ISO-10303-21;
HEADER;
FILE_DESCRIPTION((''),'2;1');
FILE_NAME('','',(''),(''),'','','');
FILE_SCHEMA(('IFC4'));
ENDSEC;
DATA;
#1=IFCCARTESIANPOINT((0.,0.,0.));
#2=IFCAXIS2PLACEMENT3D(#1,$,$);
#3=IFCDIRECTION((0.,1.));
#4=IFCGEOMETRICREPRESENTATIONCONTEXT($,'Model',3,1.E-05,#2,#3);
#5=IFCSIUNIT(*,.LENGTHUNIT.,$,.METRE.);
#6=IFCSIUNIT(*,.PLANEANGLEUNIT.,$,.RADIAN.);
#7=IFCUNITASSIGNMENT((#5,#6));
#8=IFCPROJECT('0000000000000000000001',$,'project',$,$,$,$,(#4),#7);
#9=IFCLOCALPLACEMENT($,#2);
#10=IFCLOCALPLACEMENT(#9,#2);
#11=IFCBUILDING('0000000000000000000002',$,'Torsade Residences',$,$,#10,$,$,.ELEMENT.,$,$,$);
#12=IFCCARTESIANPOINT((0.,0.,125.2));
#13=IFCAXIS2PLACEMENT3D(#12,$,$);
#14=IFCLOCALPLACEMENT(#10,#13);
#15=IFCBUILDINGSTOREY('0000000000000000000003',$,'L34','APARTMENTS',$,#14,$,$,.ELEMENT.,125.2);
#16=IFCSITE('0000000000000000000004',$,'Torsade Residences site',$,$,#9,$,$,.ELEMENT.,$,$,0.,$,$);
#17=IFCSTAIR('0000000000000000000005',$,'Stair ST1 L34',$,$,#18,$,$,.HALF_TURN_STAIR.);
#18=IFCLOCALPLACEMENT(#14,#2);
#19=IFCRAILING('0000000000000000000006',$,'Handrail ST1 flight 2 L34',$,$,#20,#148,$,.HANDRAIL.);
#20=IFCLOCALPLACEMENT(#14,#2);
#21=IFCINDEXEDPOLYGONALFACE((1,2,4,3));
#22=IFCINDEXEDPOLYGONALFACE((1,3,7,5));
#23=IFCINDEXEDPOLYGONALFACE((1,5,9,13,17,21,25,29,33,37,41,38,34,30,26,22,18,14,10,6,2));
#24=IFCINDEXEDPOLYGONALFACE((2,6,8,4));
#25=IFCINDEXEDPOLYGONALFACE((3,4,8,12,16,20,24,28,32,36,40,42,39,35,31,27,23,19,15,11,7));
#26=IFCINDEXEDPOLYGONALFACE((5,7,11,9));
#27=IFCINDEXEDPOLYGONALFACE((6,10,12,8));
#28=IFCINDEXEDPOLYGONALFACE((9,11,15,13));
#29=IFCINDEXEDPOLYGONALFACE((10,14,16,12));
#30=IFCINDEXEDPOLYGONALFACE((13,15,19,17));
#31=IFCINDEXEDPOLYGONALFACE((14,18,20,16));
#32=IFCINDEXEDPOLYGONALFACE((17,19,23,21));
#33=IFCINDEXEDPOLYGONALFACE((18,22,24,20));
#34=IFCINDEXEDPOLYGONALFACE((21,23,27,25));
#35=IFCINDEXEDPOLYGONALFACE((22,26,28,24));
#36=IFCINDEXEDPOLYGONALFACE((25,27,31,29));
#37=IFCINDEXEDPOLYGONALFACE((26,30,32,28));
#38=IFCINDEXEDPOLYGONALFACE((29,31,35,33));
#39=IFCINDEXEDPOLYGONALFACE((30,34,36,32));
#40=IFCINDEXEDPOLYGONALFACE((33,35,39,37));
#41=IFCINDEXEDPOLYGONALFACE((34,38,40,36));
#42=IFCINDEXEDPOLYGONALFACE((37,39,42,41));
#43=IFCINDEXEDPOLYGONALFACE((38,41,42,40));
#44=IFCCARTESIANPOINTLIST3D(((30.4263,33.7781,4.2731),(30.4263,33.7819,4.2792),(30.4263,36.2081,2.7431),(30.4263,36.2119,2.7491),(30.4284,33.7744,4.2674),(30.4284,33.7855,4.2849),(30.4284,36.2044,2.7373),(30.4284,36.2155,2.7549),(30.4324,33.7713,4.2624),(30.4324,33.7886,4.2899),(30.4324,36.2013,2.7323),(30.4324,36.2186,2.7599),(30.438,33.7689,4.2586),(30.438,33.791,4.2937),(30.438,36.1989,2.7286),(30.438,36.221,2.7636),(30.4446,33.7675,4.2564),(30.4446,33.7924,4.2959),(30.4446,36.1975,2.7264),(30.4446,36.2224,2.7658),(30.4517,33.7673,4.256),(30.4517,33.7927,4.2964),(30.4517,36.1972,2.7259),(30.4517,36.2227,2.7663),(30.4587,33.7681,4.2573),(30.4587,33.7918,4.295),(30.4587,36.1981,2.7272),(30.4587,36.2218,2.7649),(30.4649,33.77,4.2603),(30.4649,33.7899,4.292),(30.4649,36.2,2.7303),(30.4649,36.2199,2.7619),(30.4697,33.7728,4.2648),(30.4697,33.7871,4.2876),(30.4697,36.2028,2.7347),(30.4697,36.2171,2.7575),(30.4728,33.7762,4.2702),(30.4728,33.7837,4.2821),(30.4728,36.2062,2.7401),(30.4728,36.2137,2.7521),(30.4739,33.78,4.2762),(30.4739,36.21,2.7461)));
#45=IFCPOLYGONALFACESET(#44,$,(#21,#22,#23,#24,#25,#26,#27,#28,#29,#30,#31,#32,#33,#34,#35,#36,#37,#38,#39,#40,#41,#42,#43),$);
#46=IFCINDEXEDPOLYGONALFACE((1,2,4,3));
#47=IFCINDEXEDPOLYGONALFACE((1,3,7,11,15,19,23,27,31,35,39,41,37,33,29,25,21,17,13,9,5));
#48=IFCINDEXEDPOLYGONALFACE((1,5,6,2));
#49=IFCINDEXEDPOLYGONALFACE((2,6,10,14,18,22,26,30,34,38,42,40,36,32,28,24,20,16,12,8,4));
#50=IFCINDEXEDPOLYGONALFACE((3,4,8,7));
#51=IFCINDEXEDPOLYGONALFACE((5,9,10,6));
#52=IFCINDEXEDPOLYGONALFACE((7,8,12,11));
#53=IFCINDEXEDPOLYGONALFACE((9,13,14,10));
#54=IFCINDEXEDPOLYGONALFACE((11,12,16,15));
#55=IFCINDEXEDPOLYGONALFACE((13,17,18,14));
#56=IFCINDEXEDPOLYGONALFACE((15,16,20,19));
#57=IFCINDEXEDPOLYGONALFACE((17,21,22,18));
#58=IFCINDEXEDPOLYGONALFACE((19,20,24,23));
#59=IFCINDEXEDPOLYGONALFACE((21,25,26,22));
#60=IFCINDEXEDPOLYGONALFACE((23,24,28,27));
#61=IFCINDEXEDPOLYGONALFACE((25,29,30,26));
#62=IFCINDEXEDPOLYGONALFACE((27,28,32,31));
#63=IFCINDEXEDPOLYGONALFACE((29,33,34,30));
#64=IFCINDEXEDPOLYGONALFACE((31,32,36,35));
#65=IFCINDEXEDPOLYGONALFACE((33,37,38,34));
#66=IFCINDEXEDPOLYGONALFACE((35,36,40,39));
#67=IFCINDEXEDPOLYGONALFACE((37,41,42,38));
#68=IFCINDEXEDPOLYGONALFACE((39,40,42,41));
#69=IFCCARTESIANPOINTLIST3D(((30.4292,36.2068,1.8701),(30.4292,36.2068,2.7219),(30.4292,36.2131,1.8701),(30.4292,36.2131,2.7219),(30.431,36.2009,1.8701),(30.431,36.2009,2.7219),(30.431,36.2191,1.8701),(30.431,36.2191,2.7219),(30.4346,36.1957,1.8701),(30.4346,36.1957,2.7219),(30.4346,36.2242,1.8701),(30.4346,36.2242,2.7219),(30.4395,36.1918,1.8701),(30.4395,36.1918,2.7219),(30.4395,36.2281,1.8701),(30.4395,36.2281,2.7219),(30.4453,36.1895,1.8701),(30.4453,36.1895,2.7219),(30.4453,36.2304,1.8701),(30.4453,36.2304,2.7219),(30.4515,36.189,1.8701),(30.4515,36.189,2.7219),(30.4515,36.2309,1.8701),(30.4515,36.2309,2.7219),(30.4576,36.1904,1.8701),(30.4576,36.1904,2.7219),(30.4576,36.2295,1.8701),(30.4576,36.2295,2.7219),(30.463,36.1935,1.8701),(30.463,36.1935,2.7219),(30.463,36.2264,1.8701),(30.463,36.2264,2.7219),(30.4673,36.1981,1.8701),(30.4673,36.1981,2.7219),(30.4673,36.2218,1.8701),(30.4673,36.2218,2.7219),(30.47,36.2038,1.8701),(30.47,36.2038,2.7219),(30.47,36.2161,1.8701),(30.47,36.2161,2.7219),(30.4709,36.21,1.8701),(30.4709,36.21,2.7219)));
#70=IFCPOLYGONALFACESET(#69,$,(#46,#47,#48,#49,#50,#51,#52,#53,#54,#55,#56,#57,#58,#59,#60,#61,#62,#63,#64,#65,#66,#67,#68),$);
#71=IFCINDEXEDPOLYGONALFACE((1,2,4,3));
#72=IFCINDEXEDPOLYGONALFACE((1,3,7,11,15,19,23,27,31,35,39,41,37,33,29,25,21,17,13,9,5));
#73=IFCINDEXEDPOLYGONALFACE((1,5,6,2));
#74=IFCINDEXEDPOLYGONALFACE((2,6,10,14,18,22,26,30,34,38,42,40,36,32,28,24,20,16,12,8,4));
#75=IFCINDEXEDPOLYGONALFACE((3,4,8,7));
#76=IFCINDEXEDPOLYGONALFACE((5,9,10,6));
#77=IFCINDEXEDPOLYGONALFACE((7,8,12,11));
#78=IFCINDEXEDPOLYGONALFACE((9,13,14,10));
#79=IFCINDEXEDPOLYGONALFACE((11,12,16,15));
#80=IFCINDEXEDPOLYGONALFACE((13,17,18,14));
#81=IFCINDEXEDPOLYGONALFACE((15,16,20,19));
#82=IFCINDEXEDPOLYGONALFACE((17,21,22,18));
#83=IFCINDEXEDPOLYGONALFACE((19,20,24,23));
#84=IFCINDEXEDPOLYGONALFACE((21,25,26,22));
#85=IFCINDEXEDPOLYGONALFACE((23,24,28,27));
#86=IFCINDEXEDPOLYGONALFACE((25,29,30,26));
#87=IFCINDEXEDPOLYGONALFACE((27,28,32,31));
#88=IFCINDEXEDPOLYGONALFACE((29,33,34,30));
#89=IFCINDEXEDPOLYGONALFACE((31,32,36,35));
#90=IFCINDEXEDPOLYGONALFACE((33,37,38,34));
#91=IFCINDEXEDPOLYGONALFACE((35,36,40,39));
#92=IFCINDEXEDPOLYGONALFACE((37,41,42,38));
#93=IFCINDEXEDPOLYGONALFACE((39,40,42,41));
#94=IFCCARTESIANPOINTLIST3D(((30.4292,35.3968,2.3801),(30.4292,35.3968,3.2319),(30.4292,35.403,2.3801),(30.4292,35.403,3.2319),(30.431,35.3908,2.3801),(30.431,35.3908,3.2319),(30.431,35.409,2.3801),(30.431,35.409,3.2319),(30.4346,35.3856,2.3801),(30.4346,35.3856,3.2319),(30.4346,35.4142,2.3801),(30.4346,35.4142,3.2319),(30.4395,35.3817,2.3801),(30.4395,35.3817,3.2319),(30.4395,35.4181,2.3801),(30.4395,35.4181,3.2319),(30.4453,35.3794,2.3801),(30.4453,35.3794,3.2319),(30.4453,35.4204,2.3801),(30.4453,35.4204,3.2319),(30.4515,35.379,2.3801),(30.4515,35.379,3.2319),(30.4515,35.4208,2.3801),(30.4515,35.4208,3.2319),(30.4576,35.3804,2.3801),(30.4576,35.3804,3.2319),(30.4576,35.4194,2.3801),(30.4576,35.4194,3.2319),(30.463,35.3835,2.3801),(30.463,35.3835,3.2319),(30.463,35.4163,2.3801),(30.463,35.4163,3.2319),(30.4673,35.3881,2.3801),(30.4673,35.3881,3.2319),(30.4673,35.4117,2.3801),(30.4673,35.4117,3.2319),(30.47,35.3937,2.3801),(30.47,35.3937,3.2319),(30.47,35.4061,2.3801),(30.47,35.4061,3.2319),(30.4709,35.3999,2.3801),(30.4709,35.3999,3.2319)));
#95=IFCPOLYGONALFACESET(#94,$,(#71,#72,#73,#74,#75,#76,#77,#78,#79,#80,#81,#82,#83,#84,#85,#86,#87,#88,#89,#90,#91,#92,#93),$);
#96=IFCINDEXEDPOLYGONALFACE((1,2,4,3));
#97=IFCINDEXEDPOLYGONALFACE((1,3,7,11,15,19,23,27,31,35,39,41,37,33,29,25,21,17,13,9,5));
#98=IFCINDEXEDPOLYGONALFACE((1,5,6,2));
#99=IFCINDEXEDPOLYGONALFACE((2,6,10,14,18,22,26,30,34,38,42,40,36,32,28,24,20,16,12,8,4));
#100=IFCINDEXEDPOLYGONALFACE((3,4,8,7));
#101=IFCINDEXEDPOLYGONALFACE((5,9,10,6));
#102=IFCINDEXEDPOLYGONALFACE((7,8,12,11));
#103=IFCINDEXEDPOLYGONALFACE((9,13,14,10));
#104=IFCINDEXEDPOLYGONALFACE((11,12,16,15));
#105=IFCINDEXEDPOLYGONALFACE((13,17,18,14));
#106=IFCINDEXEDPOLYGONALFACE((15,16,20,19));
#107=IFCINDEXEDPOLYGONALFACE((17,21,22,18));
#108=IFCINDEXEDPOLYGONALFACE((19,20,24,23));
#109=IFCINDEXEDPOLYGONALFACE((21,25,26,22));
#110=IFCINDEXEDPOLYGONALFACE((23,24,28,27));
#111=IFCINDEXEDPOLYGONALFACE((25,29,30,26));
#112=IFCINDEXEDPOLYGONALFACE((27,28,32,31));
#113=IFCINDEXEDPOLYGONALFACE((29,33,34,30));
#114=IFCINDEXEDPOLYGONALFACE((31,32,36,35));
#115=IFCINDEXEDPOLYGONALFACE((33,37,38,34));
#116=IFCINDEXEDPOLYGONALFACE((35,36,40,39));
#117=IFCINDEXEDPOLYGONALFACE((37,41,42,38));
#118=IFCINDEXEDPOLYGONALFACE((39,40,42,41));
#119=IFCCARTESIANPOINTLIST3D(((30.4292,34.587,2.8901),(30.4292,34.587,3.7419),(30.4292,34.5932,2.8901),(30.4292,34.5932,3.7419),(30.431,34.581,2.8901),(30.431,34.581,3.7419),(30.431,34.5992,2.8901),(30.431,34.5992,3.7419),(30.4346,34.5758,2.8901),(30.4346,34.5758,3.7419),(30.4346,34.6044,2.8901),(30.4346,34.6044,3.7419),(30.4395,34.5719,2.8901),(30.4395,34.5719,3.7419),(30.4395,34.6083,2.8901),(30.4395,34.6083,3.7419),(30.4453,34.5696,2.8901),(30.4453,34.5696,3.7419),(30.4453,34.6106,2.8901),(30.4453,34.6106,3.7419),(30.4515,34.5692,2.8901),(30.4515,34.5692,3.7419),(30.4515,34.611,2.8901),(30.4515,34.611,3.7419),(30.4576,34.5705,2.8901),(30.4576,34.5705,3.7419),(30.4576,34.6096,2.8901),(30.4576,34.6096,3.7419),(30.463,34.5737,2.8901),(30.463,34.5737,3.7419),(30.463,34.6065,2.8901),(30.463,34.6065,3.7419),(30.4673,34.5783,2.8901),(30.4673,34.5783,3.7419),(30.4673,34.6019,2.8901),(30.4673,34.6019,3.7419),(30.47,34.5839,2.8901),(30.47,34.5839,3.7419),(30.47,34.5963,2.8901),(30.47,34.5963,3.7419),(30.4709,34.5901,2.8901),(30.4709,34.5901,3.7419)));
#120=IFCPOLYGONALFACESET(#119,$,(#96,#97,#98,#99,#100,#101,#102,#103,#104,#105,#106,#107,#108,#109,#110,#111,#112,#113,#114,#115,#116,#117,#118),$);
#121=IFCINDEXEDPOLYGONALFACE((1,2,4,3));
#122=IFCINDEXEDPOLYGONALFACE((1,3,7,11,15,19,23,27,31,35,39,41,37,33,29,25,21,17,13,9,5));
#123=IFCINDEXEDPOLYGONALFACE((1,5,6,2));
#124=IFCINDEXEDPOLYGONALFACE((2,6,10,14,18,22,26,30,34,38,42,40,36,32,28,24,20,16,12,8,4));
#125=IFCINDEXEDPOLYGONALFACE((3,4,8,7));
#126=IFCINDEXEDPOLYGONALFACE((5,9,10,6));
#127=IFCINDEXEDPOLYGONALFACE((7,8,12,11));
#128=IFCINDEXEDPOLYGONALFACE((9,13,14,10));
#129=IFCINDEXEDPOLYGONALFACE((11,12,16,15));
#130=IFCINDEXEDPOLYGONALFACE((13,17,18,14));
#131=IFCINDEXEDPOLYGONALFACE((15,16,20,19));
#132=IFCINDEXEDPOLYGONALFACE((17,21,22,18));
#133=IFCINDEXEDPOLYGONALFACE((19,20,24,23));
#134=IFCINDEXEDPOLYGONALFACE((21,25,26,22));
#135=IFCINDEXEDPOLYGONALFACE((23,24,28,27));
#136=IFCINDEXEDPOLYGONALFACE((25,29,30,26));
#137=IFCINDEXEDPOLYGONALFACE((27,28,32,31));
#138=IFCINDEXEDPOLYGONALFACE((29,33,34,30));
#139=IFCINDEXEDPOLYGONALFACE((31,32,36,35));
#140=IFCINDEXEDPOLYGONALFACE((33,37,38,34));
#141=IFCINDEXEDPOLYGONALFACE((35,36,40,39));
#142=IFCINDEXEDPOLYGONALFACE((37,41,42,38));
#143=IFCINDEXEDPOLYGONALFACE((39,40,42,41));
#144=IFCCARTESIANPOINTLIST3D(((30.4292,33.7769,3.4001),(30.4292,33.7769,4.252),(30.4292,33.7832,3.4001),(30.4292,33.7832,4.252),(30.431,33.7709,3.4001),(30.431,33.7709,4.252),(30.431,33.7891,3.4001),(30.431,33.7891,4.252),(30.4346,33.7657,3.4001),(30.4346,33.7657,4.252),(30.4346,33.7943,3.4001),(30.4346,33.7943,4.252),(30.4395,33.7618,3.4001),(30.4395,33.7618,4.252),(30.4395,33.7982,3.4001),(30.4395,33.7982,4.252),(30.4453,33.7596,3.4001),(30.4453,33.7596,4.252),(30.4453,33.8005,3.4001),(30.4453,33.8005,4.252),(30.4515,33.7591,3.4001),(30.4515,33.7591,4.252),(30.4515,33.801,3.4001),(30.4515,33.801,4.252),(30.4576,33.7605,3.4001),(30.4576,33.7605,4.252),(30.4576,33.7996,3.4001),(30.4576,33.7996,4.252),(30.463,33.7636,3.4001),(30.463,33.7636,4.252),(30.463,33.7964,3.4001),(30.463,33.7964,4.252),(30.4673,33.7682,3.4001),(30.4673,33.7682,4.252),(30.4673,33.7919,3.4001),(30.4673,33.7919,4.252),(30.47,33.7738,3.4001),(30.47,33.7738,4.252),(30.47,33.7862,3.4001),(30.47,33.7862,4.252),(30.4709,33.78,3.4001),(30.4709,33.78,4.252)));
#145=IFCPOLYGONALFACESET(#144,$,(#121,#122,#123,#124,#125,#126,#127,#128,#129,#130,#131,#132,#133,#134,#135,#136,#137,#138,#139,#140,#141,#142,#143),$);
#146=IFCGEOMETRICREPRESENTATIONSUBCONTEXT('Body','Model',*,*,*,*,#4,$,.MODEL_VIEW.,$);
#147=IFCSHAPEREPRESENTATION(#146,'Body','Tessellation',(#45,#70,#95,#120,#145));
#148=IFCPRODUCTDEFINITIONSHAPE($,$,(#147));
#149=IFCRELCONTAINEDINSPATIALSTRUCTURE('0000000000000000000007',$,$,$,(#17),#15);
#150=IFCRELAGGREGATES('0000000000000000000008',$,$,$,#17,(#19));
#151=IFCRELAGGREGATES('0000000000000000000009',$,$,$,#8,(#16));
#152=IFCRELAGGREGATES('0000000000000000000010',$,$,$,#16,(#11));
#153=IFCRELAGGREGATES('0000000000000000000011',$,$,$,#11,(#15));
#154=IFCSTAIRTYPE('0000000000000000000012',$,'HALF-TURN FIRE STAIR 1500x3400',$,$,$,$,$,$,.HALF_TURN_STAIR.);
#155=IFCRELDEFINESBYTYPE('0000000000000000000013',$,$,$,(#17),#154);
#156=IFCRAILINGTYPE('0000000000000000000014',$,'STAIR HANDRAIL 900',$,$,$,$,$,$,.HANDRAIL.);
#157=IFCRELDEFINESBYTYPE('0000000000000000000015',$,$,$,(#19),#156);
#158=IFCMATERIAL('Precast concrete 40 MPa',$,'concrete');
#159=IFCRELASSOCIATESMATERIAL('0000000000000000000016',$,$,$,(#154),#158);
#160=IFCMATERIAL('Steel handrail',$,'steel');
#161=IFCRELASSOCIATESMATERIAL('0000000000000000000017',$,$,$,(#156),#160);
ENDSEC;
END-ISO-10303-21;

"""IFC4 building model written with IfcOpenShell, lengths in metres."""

from ifc_helpers import new_model, si_unit, direction, frame, origin, origin_2d, place, context, subcontext, project, spatial, circle, extrude, material, type_object, element, aggregate, save


model = new_model("IFC4")

# Units and contexts
model_context = context("Model", 3, precision=1e-05, world=origin(), true_north=direction((0.0, 1.0)))
body_context = subcontext(model_context, "Body", "Model", "MODEL_VIEW")
ifc_project = project(units=[si_unit("LENGTHUNIT", "METRE"), si_unit("PLANEANGLEUNIT", "RADIAN")], contexts=[model_context])

# Site, building, storey
site_placement = place(None, origin())
site = spatial("IfcSite", under=ifc_project, at=site_placement, Name="Torsade Residences site", CompositionType="ELEMENT", RefElevation=0.0)
building_placement = place(site_placement, origin())
building = spatial("IfcBuilding", under=site, at=building_placement, Name="Torsade Residences", CompositionType="ELEMENT")
storey_placement = place(building_placement, frame((0.0, 0.0, 125.2)))
storey = spatial("IfcBuildingStorey", under=building, at=storey_placement, Name="L34", Description="APARTMENTS", CompositionType="ELEMENT", Elevation=125.2)

# Stair, railing
ifc_material_1 = material(Name="Precast concrete 40 MPa", Category="concrete")
stair_type = type_object("IfcStairType", Name="HALF-TURN FIRE STAIR 1500x3400", PredefinedType="HALF_TURN_STAIR", material=ifc_material_1)
stair_placement = place(storey_placement, origin())
stair = element("IfcStair", 1, at=stair_placement, inside=storey, type_object=stair_type, Name="Stair ST1 L34", PredefinedType="HALF_TURN_STAIR")
ifc_material_2 = material(Name="Steel handrail", Category="steel")
railing_type = type_object("IfcRailingType", Name="STAIR HANDRAIL 900", PredefinedType="HANDRAIL", material=ifc_material_2)
railing_1_placement = place(storey_placement, frame((30.45, 36.21, 1.8701)))
railing_1 = element("IfcRailing", 2, at=railing_1_placement, type_object=railing_type, Name="Handrail ST1 flight 2 L34", PredefinedType="HANDRAIL", context=body_context, shape_type="SweptSolid", body=[
    extrude(circle(Radius=0.0239, at=origin_2d()), frame((0.0, 0.0, 0.876), z_axis=(0.0, -0.846221, 0.532831), x_axis=(1.0, 0.0, 0.0)), (0.0, 0.0, 1.0), 2.8716),
    extrude(circle(Radius=0.021, at=origin_2d()), origin(), (0.0, 0.0, 1.0), 0.8518),
    extrude(circle(Radius=0.021, at=origin_2d()), frame((0.0, -0.8101, 0.51)), (0.0, 0.0, 1.0), 0.8518),
    extrude(circle(Radius=0.021, at=origin_2d()), frame((0.0, -1.6199, 1.02)), (0.0, 0.0, 1.0), 0.8518),
    extrude(circle(Radius=0.021, at=origin_2d()), frame((0.0, -2.4299, 1.53)), (0.0, 0.0, 1.0), 0.8518),
])
aggregate(stair, [railing_1])

save(model, "model.ifc")
